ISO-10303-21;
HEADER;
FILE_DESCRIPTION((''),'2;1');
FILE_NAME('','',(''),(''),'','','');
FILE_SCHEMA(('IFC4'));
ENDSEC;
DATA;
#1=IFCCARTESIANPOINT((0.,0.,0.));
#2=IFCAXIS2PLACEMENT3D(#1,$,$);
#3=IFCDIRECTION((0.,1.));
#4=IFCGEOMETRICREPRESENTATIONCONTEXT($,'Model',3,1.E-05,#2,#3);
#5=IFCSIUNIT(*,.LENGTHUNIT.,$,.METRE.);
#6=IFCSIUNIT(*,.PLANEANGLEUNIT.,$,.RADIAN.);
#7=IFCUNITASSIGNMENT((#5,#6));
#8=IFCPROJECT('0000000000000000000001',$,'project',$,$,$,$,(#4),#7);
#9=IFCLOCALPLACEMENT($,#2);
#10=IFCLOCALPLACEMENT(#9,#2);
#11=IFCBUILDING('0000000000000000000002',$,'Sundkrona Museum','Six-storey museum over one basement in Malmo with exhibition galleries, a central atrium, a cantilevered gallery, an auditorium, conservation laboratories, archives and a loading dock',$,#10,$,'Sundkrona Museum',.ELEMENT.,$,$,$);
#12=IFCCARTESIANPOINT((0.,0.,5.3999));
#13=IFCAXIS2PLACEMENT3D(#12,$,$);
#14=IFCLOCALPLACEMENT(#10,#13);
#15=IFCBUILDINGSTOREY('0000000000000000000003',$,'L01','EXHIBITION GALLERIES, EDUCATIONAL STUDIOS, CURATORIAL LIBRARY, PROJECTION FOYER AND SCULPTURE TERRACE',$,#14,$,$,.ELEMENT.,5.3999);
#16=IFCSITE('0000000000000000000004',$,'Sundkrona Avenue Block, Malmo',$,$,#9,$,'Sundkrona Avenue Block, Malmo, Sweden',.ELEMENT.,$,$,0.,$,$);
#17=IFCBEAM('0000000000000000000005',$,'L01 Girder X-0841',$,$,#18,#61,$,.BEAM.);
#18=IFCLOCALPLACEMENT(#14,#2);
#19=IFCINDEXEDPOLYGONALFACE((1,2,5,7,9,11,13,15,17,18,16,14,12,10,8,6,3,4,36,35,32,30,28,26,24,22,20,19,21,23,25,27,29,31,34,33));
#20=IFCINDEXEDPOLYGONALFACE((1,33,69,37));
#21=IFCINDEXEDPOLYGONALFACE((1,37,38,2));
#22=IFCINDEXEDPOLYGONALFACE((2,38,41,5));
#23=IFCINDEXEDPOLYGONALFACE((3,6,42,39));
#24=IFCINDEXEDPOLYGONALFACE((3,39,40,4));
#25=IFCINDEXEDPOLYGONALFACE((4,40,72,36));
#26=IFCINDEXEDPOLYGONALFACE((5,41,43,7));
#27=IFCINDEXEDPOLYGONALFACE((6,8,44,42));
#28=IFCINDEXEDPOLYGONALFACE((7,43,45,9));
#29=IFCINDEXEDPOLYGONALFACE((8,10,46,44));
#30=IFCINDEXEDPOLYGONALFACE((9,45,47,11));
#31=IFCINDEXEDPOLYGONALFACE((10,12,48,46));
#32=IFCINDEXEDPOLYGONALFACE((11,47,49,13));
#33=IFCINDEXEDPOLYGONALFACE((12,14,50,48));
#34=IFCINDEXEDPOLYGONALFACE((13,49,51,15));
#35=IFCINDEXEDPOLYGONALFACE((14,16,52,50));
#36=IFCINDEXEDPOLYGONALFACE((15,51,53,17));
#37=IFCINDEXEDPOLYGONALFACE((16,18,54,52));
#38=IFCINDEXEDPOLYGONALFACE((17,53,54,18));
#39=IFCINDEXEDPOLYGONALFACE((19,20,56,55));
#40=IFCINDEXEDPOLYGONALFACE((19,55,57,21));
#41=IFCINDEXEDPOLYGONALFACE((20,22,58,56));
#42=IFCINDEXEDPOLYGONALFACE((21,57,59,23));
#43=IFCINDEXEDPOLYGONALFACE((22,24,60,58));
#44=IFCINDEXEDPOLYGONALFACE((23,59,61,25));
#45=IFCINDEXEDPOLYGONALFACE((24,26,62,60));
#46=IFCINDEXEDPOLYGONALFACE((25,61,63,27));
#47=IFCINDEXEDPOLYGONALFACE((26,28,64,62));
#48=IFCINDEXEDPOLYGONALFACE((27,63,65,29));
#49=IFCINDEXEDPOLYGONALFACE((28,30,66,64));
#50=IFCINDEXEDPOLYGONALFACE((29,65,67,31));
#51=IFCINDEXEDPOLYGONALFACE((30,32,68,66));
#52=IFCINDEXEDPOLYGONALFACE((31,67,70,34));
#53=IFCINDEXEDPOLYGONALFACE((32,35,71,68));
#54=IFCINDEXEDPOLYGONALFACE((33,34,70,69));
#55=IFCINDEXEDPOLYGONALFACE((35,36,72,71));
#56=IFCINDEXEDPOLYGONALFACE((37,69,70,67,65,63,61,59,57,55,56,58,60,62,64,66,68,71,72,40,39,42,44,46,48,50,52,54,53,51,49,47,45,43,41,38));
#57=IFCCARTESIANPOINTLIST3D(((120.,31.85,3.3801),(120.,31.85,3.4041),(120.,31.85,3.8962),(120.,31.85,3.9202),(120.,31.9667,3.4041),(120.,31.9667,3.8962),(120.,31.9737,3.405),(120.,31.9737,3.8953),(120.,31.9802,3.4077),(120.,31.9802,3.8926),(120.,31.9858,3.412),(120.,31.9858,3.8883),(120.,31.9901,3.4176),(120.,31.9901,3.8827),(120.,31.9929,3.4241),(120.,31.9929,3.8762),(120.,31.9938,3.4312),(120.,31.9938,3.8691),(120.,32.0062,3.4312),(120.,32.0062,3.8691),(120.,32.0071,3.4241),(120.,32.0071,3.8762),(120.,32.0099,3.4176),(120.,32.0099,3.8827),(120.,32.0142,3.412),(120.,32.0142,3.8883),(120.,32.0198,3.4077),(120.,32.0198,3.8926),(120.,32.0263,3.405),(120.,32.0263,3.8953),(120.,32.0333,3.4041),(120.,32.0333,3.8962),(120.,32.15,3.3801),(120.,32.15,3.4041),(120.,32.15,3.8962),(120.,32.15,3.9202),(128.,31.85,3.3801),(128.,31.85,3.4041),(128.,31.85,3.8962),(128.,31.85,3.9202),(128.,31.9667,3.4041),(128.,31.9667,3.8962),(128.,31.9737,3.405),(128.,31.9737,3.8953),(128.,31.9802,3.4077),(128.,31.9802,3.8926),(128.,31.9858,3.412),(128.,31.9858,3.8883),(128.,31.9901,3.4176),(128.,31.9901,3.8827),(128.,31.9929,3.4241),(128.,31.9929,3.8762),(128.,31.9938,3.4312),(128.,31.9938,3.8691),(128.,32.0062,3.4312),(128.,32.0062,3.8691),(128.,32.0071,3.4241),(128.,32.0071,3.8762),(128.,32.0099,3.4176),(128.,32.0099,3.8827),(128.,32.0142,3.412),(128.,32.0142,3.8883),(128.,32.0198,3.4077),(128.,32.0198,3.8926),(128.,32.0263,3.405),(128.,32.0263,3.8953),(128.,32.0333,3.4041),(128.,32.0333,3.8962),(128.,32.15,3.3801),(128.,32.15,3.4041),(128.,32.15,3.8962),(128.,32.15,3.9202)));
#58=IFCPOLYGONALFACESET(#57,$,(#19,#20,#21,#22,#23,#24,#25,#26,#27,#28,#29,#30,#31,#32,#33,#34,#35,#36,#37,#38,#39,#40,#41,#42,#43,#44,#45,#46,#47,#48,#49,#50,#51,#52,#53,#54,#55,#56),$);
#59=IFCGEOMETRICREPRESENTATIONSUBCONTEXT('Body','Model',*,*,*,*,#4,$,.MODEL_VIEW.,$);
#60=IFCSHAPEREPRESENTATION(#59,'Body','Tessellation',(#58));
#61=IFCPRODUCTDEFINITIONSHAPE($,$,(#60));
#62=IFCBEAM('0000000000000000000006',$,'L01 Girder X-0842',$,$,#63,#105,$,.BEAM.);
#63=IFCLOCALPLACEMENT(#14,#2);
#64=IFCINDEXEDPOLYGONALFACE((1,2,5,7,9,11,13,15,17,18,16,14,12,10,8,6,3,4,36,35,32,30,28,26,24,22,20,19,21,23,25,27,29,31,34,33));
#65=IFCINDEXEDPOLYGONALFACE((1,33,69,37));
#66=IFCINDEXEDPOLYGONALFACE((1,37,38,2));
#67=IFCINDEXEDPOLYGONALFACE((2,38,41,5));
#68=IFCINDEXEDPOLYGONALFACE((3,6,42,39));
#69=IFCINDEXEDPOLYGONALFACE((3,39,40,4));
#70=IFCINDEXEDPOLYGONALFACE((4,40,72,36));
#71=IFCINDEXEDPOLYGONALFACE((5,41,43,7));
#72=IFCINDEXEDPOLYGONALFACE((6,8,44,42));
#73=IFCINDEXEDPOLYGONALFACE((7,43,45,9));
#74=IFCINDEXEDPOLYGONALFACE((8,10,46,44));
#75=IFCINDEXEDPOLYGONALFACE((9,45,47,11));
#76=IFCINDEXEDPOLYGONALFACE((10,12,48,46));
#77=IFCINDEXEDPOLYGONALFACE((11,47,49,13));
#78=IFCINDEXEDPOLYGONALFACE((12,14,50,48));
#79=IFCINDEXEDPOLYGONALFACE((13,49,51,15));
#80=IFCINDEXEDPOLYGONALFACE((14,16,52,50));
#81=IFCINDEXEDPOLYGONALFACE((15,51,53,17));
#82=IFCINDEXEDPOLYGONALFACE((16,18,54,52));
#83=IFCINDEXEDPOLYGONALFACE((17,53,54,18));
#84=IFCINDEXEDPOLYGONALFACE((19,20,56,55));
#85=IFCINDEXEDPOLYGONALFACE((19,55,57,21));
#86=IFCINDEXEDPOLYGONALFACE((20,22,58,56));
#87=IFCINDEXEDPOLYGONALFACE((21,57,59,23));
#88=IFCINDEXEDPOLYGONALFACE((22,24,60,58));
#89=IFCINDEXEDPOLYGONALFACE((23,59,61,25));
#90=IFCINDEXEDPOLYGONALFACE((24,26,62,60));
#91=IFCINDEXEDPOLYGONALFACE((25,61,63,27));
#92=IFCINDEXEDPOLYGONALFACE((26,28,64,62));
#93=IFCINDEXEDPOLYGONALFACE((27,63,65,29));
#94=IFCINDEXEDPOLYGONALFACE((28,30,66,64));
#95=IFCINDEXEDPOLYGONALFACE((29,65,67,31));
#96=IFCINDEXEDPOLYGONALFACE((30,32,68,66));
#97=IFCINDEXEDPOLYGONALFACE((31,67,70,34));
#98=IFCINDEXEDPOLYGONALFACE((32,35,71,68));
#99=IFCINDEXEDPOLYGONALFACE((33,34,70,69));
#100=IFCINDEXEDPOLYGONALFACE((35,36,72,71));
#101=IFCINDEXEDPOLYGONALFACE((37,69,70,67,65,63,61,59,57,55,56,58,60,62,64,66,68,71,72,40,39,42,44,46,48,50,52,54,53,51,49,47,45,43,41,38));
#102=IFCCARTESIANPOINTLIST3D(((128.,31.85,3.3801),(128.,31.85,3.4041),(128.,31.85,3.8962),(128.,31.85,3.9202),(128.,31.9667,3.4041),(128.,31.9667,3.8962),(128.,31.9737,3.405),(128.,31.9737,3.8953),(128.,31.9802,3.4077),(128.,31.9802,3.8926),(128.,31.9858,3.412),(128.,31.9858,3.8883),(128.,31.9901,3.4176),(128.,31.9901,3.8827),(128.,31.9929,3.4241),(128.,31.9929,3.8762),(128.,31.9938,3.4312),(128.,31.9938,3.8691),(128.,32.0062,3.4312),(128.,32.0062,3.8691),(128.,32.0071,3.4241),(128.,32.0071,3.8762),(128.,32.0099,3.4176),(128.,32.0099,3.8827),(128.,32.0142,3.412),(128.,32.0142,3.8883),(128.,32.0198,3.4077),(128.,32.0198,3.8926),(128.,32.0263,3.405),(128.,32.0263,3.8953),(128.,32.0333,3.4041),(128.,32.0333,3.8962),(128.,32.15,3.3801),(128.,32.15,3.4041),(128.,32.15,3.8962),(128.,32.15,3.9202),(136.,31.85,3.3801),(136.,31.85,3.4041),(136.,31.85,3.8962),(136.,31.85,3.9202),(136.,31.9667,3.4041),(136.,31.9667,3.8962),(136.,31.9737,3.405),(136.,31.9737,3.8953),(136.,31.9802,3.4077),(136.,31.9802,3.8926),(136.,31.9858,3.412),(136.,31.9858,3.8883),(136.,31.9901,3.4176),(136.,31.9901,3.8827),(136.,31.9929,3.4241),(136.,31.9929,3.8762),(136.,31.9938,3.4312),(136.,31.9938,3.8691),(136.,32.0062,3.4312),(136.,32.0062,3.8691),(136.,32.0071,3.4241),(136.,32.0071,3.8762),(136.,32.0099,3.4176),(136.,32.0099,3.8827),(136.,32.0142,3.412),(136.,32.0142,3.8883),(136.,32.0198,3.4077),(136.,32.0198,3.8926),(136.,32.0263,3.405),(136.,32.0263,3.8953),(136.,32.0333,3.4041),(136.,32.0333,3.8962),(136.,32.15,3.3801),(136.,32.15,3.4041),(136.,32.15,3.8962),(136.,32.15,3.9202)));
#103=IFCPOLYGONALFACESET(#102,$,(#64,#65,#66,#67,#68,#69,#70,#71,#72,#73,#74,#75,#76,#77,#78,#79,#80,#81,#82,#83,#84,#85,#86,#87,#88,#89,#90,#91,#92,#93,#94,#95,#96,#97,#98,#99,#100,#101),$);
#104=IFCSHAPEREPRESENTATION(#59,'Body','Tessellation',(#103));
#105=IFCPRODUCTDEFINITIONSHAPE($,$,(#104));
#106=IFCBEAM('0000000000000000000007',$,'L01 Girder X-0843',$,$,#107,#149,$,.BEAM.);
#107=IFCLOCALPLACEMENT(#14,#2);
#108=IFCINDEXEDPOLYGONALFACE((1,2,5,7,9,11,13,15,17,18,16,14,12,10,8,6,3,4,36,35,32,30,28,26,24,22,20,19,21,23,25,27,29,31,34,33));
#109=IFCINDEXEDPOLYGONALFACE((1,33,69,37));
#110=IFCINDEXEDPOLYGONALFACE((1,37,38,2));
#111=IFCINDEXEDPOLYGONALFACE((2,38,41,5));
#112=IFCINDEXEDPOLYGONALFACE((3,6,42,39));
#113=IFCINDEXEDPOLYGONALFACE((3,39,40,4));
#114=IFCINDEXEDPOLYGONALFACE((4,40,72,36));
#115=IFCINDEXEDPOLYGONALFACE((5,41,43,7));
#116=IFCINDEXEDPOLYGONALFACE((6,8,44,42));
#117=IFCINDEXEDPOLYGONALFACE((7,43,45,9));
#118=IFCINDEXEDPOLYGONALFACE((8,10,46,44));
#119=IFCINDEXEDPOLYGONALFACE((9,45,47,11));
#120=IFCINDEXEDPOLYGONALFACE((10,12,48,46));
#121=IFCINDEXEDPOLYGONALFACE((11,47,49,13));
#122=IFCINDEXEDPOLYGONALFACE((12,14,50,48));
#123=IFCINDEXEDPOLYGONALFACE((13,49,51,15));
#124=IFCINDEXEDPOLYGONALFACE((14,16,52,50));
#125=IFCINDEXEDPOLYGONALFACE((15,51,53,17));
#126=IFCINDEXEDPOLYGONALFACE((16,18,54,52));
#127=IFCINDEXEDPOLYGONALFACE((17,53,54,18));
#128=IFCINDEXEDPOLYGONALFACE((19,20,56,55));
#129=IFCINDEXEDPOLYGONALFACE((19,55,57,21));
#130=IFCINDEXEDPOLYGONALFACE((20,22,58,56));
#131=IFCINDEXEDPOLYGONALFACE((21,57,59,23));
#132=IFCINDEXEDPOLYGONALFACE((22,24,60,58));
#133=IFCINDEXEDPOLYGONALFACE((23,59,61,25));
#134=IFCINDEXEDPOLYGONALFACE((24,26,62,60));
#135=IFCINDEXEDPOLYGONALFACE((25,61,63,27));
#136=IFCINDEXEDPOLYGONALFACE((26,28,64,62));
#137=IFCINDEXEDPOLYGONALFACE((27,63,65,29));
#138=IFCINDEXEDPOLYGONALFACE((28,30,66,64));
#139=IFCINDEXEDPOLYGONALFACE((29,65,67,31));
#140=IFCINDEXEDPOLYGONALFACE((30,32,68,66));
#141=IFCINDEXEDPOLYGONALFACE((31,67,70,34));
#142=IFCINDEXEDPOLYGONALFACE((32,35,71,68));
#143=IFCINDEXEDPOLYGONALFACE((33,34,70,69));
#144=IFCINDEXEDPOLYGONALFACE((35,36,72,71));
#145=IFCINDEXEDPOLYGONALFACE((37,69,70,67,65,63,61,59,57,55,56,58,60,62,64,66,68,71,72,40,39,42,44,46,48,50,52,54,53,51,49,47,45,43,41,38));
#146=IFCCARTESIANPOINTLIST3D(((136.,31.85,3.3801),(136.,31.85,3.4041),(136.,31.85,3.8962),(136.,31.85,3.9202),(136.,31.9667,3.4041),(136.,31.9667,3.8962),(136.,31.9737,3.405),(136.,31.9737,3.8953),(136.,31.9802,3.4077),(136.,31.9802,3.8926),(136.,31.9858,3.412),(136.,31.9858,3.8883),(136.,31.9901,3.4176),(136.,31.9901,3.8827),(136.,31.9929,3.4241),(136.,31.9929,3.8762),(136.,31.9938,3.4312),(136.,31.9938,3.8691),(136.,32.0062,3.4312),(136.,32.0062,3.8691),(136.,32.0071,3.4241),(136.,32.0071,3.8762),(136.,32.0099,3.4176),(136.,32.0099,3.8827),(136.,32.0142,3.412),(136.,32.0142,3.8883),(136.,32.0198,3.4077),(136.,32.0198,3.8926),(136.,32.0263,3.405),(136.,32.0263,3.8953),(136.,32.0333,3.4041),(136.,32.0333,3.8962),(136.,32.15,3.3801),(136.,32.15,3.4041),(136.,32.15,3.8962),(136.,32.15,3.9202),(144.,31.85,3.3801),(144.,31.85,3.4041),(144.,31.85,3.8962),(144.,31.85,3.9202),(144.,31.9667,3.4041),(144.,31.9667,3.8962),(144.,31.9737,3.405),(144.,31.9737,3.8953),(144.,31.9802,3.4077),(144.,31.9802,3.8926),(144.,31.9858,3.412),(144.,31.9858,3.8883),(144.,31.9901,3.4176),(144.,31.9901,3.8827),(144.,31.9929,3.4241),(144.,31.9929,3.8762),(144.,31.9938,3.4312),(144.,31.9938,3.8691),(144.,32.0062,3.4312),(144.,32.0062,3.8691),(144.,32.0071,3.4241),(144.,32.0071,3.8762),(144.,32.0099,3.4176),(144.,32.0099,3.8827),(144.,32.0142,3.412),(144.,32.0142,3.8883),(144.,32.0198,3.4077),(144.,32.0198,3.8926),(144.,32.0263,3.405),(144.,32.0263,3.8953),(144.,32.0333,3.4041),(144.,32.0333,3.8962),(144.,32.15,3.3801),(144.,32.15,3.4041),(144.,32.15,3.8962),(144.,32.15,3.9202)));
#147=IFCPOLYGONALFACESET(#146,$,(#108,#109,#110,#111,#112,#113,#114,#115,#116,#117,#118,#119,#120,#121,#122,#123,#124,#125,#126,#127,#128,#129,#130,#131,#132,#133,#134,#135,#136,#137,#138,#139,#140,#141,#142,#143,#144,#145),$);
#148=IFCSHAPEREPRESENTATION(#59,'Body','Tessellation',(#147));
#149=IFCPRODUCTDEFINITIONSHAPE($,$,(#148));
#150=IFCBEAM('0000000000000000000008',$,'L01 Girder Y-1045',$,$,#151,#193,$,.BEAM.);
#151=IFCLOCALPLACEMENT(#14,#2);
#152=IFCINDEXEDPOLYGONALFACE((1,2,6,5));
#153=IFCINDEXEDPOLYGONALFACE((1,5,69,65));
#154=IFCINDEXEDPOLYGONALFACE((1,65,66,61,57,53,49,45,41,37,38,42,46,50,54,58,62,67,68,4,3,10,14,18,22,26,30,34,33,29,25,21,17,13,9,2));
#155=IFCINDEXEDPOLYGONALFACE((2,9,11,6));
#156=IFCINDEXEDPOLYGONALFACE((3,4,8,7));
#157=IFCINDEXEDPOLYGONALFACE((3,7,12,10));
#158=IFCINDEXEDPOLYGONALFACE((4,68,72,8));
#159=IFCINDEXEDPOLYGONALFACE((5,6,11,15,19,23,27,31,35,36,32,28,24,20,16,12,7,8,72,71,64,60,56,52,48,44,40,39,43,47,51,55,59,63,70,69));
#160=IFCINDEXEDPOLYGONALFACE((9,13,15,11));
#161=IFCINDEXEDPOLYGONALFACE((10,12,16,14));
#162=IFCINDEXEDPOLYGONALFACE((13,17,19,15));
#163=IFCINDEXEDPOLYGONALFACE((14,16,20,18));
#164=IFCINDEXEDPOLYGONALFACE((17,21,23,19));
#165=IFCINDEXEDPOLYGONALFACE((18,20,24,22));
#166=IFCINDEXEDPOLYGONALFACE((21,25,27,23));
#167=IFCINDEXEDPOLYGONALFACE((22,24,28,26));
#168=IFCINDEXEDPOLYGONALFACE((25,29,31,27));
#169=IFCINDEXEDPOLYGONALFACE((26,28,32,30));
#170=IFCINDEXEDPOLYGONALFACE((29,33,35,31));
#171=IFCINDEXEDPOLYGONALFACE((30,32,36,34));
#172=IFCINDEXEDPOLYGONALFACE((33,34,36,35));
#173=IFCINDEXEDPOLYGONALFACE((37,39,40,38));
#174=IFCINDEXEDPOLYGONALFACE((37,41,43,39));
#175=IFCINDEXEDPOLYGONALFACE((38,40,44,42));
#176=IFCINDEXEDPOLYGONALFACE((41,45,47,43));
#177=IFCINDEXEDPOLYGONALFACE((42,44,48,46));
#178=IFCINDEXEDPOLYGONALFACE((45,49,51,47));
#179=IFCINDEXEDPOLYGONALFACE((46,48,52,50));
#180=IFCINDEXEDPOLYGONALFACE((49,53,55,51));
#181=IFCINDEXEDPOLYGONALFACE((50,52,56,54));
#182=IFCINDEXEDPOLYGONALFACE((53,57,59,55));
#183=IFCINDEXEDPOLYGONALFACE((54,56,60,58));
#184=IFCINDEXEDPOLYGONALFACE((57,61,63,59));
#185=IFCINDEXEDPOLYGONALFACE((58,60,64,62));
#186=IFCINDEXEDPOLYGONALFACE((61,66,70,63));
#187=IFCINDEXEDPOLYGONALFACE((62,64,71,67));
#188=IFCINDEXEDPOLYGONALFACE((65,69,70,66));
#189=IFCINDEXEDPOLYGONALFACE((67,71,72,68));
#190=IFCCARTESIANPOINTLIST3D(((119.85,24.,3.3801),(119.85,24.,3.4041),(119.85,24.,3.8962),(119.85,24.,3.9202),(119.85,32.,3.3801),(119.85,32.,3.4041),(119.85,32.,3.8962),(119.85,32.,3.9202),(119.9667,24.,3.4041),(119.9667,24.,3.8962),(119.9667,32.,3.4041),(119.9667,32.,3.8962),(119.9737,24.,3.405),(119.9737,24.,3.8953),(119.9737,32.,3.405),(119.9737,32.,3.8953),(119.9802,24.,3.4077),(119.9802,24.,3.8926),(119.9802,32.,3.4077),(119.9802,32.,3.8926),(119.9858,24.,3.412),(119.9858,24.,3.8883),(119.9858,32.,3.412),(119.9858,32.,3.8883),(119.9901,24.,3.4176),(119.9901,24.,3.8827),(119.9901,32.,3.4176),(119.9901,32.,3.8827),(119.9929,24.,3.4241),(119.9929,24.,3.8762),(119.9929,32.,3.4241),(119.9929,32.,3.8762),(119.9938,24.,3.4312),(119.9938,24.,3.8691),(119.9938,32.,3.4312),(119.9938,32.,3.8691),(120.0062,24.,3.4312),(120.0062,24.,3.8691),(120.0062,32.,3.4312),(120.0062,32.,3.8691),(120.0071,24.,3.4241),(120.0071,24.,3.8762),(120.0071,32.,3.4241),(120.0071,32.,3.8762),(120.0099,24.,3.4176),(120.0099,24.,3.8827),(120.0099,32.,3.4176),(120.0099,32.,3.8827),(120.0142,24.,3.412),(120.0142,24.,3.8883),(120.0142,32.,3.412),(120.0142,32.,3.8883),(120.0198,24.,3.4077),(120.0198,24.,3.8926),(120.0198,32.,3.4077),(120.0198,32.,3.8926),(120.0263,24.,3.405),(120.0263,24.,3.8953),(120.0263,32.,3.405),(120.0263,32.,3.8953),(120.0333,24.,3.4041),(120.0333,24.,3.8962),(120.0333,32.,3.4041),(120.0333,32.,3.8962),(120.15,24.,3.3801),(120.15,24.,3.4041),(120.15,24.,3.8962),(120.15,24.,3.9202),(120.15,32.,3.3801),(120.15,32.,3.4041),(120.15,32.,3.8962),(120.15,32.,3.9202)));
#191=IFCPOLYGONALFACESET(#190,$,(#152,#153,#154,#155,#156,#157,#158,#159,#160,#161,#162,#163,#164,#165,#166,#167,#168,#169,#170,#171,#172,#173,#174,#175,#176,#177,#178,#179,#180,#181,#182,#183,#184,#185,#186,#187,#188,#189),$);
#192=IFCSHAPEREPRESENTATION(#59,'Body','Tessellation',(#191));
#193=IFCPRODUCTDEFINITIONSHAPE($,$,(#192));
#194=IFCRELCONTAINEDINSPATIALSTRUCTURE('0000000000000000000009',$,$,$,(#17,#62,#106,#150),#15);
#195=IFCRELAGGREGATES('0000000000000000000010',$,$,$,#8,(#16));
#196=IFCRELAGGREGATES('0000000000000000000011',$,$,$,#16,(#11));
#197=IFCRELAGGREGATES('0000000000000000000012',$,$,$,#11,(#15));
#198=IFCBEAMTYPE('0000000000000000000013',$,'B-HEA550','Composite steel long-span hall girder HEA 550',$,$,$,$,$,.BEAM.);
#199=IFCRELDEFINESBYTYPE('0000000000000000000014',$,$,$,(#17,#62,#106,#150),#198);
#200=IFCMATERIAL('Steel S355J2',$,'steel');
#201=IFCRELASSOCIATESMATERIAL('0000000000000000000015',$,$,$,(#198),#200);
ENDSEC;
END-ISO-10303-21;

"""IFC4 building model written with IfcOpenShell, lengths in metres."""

from ifc_helpers import new_model, si_unit, direction, frame, origin, origin_2d, place, context, subcontext, project, spatial, i_section, extrude, material, material_profile, profile_set, type_object, element, save


model = new_model("IFC4")

# Units and contexts
model_context = context("Model", 3, precision=1e-05, world=origin(), true_north=direction((0.0, 1.0)))
body_context = subcontext(model_context, "Body", "Model", "MODEL_VIEW")
ifc_project = project(units=[si_unit("LENGTHUNIT", "METRE"), si_unit("PLANEANGLEUNIT", "RADIAN")], contexts=[model_context])

# Site, building, storey
site_placement = place(None, origin())
site = spatial("IfcSite", under=ifc_project, at=site_placement, Name="Sundkrona Avenue Block, Malmo", LongName="Sundkrona Avenue Block, Malmo, Sweden", CompositionType="ELEMENT", RefElevation=0.0)
building_placement = place(site_placement, origin())
building = spatial("IfcBuilding", under=site, at=building_placement, Name="Sundkrona Museum", Description="Six-storey museum over one basement in Malmo with exhibition galleries, a central atrium, a cantilevered gallery, an auditorium, conservation laboratories, archives and a loading dock", LongName="Sundkrona Museum", CompositionType="ELEMENT")
storey_placement = place(building_placement, frame((0.0, 0.0, 5.3999)))
storey = spatial("IfcBuildingStorey", under=building, at=storey_placement, Name="L01", Description="EXHIBITION GALLERIES, EDUCATIONAL STUDIOS, CURATORIAL LIBRARY, PROJECTION FOYER AND SCULPTURE TERRACE", CompositionType="ELEMENT", Elevation=5.3999)

# Shared definitions
ifc_material_1 = material(Name="Steel S355J2", Category="steel")

# Beams
ifc_material_profile_1 = material_profile(ifc_material_1, i_section(OverallWidth=0.3, OverallDepth=0.54, WebThickness=0.0125, FlangeThickness=0.0239, FilletRadius=0.0271, at=origin_2d()), Name="HEA 550")
ifc_profile_set_1 = profile_set([ifc_material_profile_1], Name="Steel S355J2")
beam_type_1 = type_object("IfcBeamType", Name="B-HEA550", Description="Composite steel long-span hall girder HEA 550", PredefinedType="BEAM", material=ifc_profile_set_1)
for number, where, z_axis, x_axis, name in (
    (1, (120.0, 32.0, 3.6501), (1.0, 0.0, 0.0), (0.0, 1.0, 0.0), "L01 Girder X-0841"),
    (2, (128.0, 32.0, 3.6501), (1.0, 0.0, 0.0), (0.0, 1.0, 0.0), "L01 Girder X-0842"),
    (3, (136.0, 32.0, 3.6501), (1.0, 0.0, 0.0), (0.0, 1.0, 0.0), "L01 Girder X-0843"),
    (4, (120.0, 24.0, 3.6501), (0.0, 1.0, 0.0), (-1.0, 0.0, 0.0), "L01 Girder Y-1045"),
):
    element("IfcBeam", number, at=place(storey_placement, frame(where, z_axis=z_axis, x_axis=x_axis)), inside=storey, type_object=beam_type_1, Name=name, PredefinedType="BEAM", context=body_context, shape_type="SweptSolid", body=[
        extrude(i_section(OverallWidth=0.3, OverallDepth=0.54, WebThickness=0.0125, FlangeThickness=0.0239, FilletRadius=0.0271, at=origin_2d()), origin(), (0.0, 0.0, 1.0), 8.0),
    ])

save(model, "model.ifc")
